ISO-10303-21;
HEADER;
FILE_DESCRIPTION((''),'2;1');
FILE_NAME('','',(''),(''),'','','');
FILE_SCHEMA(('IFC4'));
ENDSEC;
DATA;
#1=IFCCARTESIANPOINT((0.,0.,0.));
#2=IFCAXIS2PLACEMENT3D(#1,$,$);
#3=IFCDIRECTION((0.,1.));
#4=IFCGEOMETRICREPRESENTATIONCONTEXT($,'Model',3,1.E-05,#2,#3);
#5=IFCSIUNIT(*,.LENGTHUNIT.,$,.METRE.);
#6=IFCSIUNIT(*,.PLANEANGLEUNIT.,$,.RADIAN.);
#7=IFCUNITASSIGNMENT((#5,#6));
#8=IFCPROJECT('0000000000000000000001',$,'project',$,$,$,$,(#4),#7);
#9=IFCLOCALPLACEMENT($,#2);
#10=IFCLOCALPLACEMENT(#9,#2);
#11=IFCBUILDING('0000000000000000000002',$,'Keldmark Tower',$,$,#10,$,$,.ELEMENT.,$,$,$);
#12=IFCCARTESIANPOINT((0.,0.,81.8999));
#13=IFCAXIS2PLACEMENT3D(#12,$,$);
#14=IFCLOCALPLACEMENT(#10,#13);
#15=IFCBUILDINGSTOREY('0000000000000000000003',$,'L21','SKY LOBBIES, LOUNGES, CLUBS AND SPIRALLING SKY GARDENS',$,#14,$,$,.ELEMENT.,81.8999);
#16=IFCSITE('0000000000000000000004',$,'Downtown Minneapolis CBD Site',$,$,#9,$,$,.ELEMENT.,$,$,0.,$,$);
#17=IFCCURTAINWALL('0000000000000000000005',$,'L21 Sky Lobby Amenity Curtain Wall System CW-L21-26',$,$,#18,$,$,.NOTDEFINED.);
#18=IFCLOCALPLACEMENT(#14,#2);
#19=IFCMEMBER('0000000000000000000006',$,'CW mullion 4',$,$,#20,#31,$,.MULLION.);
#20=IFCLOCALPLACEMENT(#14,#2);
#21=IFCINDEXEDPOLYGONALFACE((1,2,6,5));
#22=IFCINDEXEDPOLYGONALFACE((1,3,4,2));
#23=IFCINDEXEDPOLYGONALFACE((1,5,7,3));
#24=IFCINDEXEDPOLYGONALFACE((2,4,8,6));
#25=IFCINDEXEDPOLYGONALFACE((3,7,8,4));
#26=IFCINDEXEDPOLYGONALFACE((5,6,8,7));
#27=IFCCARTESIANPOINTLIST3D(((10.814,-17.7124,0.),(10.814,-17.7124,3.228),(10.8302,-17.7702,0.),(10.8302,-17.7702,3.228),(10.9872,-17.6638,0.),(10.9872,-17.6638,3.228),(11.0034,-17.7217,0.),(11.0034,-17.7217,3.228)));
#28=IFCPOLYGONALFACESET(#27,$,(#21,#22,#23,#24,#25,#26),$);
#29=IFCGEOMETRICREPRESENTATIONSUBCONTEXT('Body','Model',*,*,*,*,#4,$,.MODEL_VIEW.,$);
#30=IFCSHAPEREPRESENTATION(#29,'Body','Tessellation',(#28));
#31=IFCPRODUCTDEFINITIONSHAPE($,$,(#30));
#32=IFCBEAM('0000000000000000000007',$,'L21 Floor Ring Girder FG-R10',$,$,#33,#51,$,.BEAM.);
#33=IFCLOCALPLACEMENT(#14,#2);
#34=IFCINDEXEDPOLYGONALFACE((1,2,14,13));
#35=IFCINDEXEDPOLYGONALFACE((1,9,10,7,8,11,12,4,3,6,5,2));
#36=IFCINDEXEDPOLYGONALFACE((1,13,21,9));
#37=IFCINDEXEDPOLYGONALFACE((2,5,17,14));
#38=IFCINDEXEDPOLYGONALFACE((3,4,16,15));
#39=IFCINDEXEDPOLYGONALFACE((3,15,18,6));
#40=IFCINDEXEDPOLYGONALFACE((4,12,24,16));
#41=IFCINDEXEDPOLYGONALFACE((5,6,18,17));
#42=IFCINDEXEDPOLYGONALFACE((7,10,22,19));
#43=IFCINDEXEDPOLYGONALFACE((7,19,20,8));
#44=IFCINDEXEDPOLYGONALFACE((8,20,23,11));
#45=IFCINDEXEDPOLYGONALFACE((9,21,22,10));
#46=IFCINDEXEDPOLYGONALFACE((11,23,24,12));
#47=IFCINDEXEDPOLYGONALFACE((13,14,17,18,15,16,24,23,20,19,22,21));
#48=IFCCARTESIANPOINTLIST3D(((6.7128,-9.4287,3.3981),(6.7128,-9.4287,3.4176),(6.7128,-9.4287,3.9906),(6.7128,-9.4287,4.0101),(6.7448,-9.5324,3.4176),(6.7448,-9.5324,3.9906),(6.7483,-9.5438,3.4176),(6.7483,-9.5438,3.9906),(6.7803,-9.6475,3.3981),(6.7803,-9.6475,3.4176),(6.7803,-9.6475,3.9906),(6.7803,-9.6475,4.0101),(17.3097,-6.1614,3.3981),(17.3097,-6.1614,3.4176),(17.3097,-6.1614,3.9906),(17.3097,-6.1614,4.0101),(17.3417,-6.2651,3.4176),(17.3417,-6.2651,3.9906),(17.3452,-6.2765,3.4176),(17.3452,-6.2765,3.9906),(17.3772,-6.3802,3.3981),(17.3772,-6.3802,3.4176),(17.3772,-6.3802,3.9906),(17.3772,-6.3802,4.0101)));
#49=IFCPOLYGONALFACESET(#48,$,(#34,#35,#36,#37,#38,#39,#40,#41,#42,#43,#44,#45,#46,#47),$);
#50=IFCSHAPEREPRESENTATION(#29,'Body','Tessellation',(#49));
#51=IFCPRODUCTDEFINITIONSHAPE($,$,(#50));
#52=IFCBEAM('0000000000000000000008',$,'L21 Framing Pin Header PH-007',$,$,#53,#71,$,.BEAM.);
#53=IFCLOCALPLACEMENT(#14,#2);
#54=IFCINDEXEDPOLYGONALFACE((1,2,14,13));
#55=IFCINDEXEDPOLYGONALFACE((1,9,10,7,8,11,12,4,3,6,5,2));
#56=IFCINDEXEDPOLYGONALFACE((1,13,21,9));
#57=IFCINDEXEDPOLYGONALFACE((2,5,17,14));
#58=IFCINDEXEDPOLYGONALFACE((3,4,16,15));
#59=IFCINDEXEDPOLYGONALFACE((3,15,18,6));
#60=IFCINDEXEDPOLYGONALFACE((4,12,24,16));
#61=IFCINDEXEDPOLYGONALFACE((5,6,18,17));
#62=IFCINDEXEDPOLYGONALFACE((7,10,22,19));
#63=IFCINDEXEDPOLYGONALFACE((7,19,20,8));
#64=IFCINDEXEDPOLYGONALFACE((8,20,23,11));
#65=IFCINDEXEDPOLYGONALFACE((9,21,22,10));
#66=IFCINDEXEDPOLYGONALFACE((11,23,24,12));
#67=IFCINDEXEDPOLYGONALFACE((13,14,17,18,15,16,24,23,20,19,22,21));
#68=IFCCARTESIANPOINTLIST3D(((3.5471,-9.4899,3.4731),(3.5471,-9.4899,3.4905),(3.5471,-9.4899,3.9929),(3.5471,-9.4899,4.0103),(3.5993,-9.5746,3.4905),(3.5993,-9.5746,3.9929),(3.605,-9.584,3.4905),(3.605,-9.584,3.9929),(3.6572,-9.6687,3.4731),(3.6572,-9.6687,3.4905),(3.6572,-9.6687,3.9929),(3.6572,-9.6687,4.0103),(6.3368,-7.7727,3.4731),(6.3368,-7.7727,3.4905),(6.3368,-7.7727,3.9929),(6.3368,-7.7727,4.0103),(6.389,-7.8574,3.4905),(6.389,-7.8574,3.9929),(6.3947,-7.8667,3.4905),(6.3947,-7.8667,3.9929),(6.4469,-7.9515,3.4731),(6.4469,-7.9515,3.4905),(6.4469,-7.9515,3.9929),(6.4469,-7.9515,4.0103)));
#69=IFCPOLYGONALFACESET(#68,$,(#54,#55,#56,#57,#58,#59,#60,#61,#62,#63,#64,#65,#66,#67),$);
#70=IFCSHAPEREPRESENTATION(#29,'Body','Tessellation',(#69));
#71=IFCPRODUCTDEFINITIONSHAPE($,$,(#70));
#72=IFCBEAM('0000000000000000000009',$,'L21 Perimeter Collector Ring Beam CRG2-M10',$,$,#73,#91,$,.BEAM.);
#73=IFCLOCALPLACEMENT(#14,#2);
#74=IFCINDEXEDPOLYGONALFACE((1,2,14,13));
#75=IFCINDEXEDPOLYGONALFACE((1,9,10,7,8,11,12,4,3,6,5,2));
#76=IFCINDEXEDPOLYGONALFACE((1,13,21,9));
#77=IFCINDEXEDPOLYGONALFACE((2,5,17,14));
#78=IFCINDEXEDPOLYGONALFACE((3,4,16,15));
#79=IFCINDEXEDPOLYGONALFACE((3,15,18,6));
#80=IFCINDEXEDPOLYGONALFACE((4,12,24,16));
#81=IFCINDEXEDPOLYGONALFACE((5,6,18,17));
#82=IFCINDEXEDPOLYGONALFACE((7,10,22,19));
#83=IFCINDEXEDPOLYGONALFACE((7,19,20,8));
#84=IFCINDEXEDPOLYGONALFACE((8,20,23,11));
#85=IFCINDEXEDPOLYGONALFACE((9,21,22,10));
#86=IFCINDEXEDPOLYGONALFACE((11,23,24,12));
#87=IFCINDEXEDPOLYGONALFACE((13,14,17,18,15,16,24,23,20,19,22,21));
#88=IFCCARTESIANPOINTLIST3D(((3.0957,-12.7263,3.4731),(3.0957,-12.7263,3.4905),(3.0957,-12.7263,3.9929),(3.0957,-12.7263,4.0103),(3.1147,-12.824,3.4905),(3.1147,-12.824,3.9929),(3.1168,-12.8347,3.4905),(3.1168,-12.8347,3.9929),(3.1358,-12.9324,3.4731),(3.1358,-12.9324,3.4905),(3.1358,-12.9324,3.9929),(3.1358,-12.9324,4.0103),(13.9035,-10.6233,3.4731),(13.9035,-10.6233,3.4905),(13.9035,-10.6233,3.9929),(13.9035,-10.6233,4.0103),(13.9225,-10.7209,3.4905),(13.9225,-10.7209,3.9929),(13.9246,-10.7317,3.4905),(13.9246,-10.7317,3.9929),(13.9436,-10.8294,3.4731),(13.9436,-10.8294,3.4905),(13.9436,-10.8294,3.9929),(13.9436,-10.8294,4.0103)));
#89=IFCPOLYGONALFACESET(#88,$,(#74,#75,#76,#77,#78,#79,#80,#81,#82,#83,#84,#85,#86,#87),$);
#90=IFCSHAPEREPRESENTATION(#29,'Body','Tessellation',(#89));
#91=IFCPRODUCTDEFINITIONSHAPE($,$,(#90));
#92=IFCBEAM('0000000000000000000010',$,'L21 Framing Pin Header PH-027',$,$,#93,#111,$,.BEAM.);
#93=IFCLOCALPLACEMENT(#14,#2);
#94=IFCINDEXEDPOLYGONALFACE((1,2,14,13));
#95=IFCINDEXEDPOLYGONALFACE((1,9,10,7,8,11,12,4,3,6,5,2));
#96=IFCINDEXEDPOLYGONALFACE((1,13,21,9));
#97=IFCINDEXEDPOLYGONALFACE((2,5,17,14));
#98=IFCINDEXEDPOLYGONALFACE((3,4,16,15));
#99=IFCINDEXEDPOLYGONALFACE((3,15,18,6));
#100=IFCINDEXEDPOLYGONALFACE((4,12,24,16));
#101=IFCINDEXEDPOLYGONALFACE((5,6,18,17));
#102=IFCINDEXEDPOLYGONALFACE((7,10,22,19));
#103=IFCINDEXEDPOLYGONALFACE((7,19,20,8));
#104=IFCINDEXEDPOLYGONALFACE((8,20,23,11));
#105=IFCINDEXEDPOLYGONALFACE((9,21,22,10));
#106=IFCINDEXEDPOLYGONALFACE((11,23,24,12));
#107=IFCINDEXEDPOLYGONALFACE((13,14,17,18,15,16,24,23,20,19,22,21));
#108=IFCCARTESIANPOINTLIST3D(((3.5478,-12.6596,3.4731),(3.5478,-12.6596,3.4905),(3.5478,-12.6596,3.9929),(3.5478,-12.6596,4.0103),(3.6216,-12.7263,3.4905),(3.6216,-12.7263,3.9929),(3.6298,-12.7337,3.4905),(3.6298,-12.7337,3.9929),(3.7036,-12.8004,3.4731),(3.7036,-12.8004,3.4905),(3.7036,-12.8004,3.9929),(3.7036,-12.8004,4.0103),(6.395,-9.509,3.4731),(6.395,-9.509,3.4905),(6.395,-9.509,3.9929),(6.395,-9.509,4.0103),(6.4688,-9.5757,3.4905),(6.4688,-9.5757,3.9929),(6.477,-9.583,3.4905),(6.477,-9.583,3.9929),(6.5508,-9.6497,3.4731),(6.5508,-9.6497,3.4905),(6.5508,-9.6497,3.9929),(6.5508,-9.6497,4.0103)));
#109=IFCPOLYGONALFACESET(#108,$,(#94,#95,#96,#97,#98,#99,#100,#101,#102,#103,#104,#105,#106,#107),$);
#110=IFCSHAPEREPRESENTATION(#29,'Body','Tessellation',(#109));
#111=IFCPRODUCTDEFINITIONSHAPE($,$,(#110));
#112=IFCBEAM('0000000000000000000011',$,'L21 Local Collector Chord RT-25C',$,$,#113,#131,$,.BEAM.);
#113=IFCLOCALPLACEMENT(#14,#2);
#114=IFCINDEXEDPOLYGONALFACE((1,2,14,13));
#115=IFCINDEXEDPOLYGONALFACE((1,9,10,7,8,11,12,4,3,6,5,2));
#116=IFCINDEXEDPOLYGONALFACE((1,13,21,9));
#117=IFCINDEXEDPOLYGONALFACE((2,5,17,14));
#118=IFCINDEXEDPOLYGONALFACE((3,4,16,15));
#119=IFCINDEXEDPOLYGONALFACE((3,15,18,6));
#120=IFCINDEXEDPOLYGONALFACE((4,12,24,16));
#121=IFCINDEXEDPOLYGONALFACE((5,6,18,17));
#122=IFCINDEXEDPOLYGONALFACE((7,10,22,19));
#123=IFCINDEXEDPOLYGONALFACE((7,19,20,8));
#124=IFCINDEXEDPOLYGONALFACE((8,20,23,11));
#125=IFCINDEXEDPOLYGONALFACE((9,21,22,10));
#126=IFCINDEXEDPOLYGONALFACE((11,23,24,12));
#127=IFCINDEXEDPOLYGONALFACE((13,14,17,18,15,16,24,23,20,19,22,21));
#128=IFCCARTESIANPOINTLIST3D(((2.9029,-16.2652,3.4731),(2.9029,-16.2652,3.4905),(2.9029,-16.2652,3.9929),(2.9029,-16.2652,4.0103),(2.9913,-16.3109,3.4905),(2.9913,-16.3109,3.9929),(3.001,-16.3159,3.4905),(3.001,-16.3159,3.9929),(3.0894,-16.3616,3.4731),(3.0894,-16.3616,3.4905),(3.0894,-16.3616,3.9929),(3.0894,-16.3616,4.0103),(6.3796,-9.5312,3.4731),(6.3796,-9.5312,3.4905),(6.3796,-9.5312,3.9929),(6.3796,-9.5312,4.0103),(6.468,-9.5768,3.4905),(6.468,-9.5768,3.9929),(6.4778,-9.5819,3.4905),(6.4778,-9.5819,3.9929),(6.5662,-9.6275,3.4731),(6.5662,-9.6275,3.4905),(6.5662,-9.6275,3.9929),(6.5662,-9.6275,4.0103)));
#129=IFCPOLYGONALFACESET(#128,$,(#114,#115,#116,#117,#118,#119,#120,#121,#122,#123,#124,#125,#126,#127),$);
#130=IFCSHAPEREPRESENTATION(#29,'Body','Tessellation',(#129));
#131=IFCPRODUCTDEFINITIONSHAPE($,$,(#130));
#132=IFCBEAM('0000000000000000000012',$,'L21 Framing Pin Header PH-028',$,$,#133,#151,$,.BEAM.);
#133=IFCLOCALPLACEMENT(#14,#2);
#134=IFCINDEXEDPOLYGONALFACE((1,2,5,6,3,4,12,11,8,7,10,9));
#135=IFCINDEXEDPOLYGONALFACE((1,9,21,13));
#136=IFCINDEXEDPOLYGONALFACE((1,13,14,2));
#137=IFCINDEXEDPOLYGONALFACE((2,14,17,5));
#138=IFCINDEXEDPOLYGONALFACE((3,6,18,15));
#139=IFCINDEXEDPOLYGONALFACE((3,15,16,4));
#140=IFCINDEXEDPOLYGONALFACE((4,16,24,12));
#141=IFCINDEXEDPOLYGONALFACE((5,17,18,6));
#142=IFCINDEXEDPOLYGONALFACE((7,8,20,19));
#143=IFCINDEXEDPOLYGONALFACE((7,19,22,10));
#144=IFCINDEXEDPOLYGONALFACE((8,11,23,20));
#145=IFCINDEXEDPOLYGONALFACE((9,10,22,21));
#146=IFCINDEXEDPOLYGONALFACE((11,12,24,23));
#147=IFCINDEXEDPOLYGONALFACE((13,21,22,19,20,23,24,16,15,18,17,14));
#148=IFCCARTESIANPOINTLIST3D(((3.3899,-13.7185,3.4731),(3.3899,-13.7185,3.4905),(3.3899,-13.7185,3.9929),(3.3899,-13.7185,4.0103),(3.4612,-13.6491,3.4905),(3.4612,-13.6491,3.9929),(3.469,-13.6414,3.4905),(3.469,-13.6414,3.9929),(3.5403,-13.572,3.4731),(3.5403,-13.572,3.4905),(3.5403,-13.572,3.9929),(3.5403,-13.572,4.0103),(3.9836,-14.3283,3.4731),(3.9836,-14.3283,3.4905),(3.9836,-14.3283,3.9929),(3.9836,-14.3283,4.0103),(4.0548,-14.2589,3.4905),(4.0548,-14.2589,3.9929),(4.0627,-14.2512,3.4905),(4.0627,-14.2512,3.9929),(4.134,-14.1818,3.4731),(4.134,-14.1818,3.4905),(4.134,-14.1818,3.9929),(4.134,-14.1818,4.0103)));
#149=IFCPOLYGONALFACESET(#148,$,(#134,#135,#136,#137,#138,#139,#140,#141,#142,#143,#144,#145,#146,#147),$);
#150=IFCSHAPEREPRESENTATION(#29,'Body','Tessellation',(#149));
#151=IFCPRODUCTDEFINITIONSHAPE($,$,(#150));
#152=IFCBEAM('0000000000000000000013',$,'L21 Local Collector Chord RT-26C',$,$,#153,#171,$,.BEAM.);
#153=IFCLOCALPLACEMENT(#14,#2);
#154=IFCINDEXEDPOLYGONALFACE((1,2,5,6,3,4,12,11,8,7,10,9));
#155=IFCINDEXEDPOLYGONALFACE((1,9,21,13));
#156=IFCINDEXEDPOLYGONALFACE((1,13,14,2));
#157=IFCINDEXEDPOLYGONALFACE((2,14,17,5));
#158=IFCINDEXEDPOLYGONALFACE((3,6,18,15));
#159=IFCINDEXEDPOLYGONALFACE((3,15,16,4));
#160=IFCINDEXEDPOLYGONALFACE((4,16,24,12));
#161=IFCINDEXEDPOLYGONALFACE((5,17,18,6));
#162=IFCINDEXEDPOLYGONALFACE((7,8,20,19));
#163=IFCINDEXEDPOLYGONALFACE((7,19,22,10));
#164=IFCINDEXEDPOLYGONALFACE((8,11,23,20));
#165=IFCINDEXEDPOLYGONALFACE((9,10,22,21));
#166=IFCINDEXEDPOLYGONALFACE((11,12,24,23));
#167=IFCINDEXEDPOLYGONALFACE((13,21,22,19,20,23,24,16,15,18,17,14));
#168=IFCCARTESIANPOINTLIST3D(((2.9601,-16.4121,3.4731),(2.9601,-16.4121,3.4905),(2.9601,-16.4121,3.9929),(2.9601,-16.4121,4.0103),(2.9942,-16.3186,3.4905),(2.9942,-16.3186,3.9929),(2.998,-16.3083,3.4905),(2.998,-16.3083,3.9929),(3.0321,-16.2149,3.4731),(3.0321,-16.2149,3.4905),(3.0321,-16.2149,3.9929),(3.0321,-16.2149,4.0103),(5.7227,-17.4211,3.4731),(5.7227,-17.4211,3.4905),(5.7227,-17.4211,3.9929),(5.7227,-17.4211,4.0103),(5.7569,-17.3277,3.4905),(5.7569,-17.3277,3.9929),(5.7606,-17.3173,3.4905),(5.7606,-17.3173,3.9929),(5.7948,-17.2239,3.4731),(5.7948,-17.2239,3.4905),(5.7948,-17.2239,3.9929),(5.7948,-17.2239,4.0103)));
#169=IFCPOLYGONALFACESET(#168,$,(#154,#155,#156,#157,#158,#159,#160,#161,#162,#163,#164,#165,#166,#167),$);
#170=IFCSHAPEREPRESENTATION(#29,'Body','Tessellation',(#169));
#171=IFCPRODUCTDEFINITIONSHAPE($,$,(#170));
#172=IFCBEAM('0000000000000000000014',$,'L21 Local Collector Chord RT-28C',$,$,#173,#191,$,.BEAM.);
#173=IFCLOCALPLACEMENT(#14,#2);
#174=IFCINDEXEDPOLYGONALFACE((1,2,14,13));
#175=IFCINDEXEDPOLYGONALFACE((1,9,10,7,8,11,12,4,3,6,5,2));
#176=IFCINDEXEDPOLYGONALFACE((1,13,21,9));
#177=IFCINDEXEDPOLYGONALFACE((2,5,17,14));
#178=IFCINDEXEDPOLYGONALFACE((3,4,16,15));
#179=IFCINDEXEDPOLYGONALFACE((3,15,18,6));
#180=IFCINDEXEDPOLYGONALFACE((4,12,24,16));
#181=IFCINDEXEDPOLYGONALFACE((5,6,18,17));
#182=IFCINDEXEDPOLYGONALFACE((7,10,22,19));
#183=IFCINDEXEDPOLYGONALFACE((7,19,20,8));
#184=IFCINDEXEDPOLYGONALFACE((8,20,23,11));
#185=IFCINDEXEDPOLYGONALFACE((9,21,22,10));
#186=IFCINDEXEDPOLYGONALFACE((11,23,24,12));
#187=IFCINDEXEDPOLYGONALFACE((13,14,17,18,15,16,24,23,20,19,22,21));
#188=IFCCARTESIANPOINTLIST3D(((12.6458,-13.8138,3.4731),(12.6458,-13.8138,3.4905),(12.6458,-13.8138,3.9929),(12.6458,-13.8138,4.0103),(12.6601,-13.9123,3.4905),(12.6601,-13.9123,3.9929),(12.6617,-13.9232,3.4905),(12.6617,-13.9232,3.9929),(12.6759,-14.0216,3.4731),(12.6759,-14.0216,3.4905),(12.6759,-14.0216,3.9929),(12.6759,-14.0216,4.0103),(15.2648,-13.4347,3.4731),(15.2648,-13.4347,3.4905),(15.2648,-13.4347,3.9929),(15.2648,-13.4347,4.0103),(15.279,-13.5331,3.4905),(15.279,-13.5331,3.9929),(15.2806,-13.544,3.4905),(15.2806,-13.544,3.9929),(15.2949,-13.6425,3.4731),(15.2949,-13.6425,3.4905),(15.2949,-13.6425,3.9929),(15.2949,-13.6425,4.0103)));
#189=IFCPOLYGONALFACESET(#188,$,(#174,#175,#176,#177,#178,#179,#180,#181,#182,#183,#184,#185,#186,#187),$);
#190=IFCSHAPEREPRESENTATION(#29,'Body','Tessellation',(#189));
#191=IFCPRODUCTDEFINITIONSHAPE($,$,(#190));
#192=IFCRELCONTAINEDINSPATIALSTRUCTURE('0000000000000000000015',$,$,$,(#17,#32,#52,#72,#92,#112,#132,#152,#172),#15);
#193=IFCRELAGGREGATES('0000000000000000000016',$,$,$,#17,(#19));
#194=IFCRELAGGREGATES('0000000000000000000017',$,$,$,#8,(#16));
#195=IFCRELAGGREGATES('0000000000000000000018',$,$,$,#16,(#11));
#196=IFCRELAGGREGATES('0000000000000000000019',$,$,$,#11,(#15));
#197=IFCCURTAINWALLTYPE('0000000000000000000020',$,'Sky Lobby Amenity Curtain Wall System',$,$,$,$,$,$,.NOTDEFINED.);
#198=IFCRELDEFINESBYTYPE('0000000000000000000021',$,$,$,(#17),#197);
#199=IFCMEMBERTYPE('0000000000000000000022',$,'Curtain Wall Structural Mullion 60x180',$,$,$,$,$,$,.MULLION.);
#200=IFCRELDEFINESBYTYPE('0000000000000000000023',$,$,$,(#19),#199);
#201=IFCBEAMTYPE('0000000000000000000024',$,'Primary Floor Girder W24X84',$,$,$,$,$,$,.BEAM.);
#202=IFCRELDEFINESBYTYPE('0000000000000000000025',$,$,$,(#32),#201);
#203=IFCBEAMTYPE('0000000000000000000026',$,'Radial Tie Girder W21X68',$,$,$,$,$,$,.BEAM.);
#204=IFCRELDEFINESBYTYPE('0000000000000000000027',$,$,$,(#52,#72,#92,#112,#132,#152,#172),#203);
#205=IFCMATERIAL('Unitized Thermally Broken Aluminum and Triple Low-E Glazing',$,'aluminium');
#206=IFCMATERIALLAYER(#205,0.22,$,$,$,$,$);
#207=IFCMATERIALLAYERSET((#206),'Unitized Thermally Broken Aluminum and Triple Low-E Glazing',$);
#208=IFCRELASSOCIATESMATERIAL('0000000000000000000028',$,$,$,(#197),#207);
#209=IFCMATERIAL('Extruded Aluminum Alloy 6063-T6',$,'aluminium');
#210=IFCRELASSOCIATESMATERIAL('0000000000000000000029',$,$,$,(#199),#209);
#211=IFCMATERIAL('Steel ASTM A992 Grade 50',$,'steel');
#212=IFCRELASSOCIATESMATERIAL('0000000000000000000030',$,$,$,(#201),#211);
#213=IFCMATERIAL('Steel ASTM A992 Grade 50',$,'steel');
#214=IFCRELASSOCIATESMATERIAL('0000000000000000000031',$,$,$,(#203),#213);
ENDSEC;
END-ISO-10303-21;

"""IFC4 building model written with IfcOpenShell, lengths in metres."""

from ifc_helpers import new_model, si_unit, direction, frame, origin, origin_2d, place, context, subcontext, project, spatial, rectangle, i_section, extrude, material, layer, layer_set, material_profile, profile_set, type_object, element, aggregate, save


model = new_model("IFC4")

# Units and contexts
model_context = context("Model", 3, precision=1e-05, world=origin(), true_north=direction((0.0, 1.0)))
body_context = subcontext(model_context, "Body", "Model", "MODEL_VIEW")
ifc_project = project(units=[si_unit("LENGTHUNIT", "METRE"), si_unit("PLANEANGLEUNIT", "RADIAN")], contexts=[model_context])

# Site, building, storey
site_placement = place(None, origin())
site = spatial("IfcSite", under=ifc_project, at=site_placement, Name="Downtown Minneapolis CBD Site", CompositionType="ELEMENT", RefElevation=0.0)
building_placement = place(site_placement, origin())
building = spatial("IfcBuilding", under=site, at=building_placement, Name="Keldmark Tower", CompositionType="ELEMENT")
storey_placement = place(building_placement, frame((0.0, 0.0, 81.8999)))
storey = spatial("IfcBuildingStorey", under=building, at=storey_placement, Name="L21", Description="SKY LOBBIES, LOUNGES, CLUBS AND SPIRALLING SKY GARDENS", CompositionType="ELEMENT", Elevation=81.8999)

# Curtain wall, member
ifc_material_1 = material(Name="Unitized Thermally Broken Aluminum and Triple Low-E Glazing", Category="aluminium")
ifc_layer_1 = layer(ifc_material_1, 0.22)
ifc_layer_set_1 = layer_set([ifc_layer_1], Name="Unitized Thermally Broken Aluminum and Triple Low-E Glazing")
curtain_wall_type = type_object("IfcCurtainWallType", Name="Sky Lobby Amenity Curtain Wall System", PredefinedType="NOTDEFINED", material=ifc_layer_set_1)
curtain_wall_placement = place(storey_placement, origin())
curtain_wall = element("IfcCurtainWall", 1, at=curtain_wall_placement, inside=storey, type_object=curtain_wall_type, Name="L21 Sky Lobby Amenity Curtain Wall System CW-L21-26", PredefinedType="NOTDEFINED")
ifc_material_2 = material(Name="Extruded Aluminum Alloy 6063-T6", Category="aluminium")
ifc_material_profile_1 = material_profile(ifc_material_2, rectangle(XDim=0.0601, YDim=0.1799, at=origin_2d()), Name="CWM60X180")
ifc_profile_set_1 = profile_set([ifc_material_profile_1], Name="Extruded Aluminum Alloy 6063-T6")
member_type_1 = type_object("IfcMemberType", Name="Curtain Wall Structural Mullion 60x180", PredefinedType="MULLION", material=ifc_profile_set_1)
member_1_placement = place(storey_placement, frame((10.9087, -17.717, 0.0), z_axis=(0.0, 0.0, 1.0), x_axis=(0.270028, -0.962852, 0.0)))
member_1 = element("IfcMember", 2, at=member_1_placement, type_object=member_type_1, Name="CW mullion 4", PredefinedType="MULLION", context=body_context, shape_type="SweptSolid", body=[
    extrude(rectangle(XDim=0.0601, YDim=0.1799, at=origin_2d()), origin(), (0.0, 0.0, 1.0), 3.228),
])

# Beams
ifc_material_3 = material(Name="Steel ASTM A992 Grade 50", Category="steel")
ifc_material_profile_2 = material_profile(ifc_material_3, i_section(OverallWidth=0.229, OverallDepth=0.6121, WebThickness=0.012, FlangeThickness=0.0195, at=origin_2d()), Name="W24X84")
ifc_profile_set_2 = profile_set([ifc_material_profile_2], Name="Steel ASTM A992 Grade 50")
beam_type_1 = type_object("IfcBeamType", Name="Primary Floor Girder W24X84", PredefinedType="BEAM", material=ifc_profile_set_2)
beam_1_placement = place(storey_placement, frame((6.7466, -9.5381, 3.7041), z_axis=(0.955608, 0.294641, 0.0), x_axis=(-0.294641, 0.955608, 0.0)))
element("IfcBeam", 3, at=beam_1_placement, inside=storey, type_object=beam_type_1, Name="L21 Floor Ring Girder FG-R10", PredefinedType="BEAM", context=body_context, shape_type="SweptSolid", body=[
    extrude(i_section(OverallWidth=0.229, OverallDepth=0.6121, WebThickness=0.012, FlangeThickness=0.0195, at=origin_2d()), origin(), (0.0, 0.0, 1.0), 11.0891),
])
ifc_material_4 = material(Name="Steel ASTM A992 Grade 50", Category="steel")
ifc_material_profile_3 = material_profile(ifc_material_4, i_section(OverallWidth=0.21, OverallDepth=0.5371, WebThickness=0.011, FlangeThickness=0.0173, at=origin_2d()), Name="W21X68")
ifc_profile_set_3 = profile_set([ifc_material_profile_3], Name="Steel ASTM A992 Grade 50")
beam_type_2 = type_object("IfcBeamType", Name="Radial Tie Girder W21X68", PredefinedType="BEAM", material=ifc_profile_set_3)
beam_2_placement = place(storey_placement, frame((6.3918, -7.8621, 3.7417), z_axis=(-0.851592, -0.524206, 0.0), x_axis=(0.524206, -0.851592, 0.0)))
element("IfcBeam", 4, at=beam_2_placement, inside=storey, type_object=beam_type_2, Name="L21 Framing Pin Header PH-007", PredefinedType="BEAM", context=body_context, shape_type="SweptSolid", body=[
    extrude(i_section(OverallWidth=0.21, OverallDepth=0.5371, WebThickness=0.011, FlangeThickness=0.0173, at=origin_2d()), origin(), (0.0, 0.0, 1.0), 3.2759),
])
beam_3_placement = place(storey_placement, frame((3.1157, -12.8293, 3.7417), z_axis=(0.98159, 0.191001, 0.0), x_axis=(-0.191001, 0.98159, 0.0)))
element("IfcBeam", 5, at=beam_3_placement, inside=storey, type_object=beam_type_2, Name="L21 Perimeter Collector Ring Beam CRG2-M10", PredefinedType="BEAM", context=body_context, shape_type="SweptSolid", body=[
    extrude(i_section(OverallWidth=0.21, OverallDepth=0.5371, WebThickness=0.011, FlangeThickness=0.0173, at=origin_2d()), origin(), (0.0, 0.0, 1.0), 11.0105),
])
beam_4_placement = place(storey_placement, frame((6.4729, -9.5793, 3.7417), z_axis=(-0.670472, -0.741935, 0.0), x_axis=(0.741935, -0.670472, 0.0)))
element("IfcBeam", 6, at=beam_4_placement, inside=storey, type_object=beam_type_2, Name="L21 Framing Pin Header PH-027", PredefinedType="BEAM", context=body_context, shape_type="SweptSolid", body=[
    extrude(i_section(OverallWidth=0.21, OverallDepth=0.5371, WebThickness=0.011, FlangeThickness=0.0173, at=origin_2d()), origin(), (0.0, 0.0, 1.0), 4.2466),
])
beam_5_placement = place(storey_placement, frame((6.4729, -9.5793, 3.7417), z_axis=(-0.45876, -0.88856, 0.0), x_axis=(0.88856, -0.45876, 0.0)))
element("IfcBeam", 7, at=beam_5_placement, inside=storey, type_object=beam_type_2, Name="L21 Local Collector Chord RT-25C", PredefinedType="BEAM", context=body_context, shape_type="SweptSolid", body=[
    extrude(i_section(OverallWidth=0.21, OverallDepth=0.5371, WebThickness=0.011, FlangeThickness=0.0173, at=origin_2d()), origin(), (0.0, 0.0, 1.0), 7.5786),
])
beam_6_placement = place(storey_placement, frame((3.4651, -13.6453, 3.7417), z_axis=(0.697578, -0.716509, 0.0), x_axis=(0.716509, 0.697578, 0.0)))
element("IfcBeam", 8, at=beam_6_placement, inside=storey, type_object=beam_type_2, Name="L21 Framing Pin Header PH-028", PredefinedType="BEAM", context=body_context, shape_type="SweptSolid", body=[
    extrude(i_section(OverallWidth=0.21, OverallDepth=0.5371, WebThickness=0.011, FlangeThickness=0.0173, at=origin_2d()), origin(), (0.0, 0.0, 1.0), 0.8511),
])
beam_7_placement = place(storey_placement, frame((2.9961, -16.3135, 3.7417), z_axis=(0.93931, -0.343069, 0.0), x_axis=(0.343069, 0.93931, 0.0)))
element("IfcBeam", 9, at=beam_7_placement, inside=storey, type_object=beam_type_2, Name="L21 Local Collector Chord RT-26C", PredefinedType="BEAM", context=body_context, shape_type="SweptSolid", body=[
    extrude(i_section(OverallWidth=0.21, OverallDepth=0.5371, WebThickness=0.011, FlangeThickness=0.0173, at=origin_2d()), origin(), (0.0, 0.0, 1.0), 2.9412),
])
beam_8_placement = place(storey_placement, frame((12.6609, -13.9177, 3.7417), z_axis=(0.989682, 0.143281, 0.0), x_axis=(-0.143281, 0.989682, 0.0)))
element("IfcBeam", 10, at=beam_8_placement, inside=storey, type_object=beam_type_2, Name="L21 Local Collector Chord RT-28C", PredefinedType="BEAM", context=body_context, shape_type="SweptSolid", body=[
    extrude(i_section(OverallWidth=0.21, OverallDepth=0.5371, WebThickness=0.011, FlangeThickness=0.0173, at=origin_2d()), origin(), (0.0, 0.0, 1.0), 2.6462),
])

aggregate(curtain_wall, [member_1])

save(model, "model.ifc")
